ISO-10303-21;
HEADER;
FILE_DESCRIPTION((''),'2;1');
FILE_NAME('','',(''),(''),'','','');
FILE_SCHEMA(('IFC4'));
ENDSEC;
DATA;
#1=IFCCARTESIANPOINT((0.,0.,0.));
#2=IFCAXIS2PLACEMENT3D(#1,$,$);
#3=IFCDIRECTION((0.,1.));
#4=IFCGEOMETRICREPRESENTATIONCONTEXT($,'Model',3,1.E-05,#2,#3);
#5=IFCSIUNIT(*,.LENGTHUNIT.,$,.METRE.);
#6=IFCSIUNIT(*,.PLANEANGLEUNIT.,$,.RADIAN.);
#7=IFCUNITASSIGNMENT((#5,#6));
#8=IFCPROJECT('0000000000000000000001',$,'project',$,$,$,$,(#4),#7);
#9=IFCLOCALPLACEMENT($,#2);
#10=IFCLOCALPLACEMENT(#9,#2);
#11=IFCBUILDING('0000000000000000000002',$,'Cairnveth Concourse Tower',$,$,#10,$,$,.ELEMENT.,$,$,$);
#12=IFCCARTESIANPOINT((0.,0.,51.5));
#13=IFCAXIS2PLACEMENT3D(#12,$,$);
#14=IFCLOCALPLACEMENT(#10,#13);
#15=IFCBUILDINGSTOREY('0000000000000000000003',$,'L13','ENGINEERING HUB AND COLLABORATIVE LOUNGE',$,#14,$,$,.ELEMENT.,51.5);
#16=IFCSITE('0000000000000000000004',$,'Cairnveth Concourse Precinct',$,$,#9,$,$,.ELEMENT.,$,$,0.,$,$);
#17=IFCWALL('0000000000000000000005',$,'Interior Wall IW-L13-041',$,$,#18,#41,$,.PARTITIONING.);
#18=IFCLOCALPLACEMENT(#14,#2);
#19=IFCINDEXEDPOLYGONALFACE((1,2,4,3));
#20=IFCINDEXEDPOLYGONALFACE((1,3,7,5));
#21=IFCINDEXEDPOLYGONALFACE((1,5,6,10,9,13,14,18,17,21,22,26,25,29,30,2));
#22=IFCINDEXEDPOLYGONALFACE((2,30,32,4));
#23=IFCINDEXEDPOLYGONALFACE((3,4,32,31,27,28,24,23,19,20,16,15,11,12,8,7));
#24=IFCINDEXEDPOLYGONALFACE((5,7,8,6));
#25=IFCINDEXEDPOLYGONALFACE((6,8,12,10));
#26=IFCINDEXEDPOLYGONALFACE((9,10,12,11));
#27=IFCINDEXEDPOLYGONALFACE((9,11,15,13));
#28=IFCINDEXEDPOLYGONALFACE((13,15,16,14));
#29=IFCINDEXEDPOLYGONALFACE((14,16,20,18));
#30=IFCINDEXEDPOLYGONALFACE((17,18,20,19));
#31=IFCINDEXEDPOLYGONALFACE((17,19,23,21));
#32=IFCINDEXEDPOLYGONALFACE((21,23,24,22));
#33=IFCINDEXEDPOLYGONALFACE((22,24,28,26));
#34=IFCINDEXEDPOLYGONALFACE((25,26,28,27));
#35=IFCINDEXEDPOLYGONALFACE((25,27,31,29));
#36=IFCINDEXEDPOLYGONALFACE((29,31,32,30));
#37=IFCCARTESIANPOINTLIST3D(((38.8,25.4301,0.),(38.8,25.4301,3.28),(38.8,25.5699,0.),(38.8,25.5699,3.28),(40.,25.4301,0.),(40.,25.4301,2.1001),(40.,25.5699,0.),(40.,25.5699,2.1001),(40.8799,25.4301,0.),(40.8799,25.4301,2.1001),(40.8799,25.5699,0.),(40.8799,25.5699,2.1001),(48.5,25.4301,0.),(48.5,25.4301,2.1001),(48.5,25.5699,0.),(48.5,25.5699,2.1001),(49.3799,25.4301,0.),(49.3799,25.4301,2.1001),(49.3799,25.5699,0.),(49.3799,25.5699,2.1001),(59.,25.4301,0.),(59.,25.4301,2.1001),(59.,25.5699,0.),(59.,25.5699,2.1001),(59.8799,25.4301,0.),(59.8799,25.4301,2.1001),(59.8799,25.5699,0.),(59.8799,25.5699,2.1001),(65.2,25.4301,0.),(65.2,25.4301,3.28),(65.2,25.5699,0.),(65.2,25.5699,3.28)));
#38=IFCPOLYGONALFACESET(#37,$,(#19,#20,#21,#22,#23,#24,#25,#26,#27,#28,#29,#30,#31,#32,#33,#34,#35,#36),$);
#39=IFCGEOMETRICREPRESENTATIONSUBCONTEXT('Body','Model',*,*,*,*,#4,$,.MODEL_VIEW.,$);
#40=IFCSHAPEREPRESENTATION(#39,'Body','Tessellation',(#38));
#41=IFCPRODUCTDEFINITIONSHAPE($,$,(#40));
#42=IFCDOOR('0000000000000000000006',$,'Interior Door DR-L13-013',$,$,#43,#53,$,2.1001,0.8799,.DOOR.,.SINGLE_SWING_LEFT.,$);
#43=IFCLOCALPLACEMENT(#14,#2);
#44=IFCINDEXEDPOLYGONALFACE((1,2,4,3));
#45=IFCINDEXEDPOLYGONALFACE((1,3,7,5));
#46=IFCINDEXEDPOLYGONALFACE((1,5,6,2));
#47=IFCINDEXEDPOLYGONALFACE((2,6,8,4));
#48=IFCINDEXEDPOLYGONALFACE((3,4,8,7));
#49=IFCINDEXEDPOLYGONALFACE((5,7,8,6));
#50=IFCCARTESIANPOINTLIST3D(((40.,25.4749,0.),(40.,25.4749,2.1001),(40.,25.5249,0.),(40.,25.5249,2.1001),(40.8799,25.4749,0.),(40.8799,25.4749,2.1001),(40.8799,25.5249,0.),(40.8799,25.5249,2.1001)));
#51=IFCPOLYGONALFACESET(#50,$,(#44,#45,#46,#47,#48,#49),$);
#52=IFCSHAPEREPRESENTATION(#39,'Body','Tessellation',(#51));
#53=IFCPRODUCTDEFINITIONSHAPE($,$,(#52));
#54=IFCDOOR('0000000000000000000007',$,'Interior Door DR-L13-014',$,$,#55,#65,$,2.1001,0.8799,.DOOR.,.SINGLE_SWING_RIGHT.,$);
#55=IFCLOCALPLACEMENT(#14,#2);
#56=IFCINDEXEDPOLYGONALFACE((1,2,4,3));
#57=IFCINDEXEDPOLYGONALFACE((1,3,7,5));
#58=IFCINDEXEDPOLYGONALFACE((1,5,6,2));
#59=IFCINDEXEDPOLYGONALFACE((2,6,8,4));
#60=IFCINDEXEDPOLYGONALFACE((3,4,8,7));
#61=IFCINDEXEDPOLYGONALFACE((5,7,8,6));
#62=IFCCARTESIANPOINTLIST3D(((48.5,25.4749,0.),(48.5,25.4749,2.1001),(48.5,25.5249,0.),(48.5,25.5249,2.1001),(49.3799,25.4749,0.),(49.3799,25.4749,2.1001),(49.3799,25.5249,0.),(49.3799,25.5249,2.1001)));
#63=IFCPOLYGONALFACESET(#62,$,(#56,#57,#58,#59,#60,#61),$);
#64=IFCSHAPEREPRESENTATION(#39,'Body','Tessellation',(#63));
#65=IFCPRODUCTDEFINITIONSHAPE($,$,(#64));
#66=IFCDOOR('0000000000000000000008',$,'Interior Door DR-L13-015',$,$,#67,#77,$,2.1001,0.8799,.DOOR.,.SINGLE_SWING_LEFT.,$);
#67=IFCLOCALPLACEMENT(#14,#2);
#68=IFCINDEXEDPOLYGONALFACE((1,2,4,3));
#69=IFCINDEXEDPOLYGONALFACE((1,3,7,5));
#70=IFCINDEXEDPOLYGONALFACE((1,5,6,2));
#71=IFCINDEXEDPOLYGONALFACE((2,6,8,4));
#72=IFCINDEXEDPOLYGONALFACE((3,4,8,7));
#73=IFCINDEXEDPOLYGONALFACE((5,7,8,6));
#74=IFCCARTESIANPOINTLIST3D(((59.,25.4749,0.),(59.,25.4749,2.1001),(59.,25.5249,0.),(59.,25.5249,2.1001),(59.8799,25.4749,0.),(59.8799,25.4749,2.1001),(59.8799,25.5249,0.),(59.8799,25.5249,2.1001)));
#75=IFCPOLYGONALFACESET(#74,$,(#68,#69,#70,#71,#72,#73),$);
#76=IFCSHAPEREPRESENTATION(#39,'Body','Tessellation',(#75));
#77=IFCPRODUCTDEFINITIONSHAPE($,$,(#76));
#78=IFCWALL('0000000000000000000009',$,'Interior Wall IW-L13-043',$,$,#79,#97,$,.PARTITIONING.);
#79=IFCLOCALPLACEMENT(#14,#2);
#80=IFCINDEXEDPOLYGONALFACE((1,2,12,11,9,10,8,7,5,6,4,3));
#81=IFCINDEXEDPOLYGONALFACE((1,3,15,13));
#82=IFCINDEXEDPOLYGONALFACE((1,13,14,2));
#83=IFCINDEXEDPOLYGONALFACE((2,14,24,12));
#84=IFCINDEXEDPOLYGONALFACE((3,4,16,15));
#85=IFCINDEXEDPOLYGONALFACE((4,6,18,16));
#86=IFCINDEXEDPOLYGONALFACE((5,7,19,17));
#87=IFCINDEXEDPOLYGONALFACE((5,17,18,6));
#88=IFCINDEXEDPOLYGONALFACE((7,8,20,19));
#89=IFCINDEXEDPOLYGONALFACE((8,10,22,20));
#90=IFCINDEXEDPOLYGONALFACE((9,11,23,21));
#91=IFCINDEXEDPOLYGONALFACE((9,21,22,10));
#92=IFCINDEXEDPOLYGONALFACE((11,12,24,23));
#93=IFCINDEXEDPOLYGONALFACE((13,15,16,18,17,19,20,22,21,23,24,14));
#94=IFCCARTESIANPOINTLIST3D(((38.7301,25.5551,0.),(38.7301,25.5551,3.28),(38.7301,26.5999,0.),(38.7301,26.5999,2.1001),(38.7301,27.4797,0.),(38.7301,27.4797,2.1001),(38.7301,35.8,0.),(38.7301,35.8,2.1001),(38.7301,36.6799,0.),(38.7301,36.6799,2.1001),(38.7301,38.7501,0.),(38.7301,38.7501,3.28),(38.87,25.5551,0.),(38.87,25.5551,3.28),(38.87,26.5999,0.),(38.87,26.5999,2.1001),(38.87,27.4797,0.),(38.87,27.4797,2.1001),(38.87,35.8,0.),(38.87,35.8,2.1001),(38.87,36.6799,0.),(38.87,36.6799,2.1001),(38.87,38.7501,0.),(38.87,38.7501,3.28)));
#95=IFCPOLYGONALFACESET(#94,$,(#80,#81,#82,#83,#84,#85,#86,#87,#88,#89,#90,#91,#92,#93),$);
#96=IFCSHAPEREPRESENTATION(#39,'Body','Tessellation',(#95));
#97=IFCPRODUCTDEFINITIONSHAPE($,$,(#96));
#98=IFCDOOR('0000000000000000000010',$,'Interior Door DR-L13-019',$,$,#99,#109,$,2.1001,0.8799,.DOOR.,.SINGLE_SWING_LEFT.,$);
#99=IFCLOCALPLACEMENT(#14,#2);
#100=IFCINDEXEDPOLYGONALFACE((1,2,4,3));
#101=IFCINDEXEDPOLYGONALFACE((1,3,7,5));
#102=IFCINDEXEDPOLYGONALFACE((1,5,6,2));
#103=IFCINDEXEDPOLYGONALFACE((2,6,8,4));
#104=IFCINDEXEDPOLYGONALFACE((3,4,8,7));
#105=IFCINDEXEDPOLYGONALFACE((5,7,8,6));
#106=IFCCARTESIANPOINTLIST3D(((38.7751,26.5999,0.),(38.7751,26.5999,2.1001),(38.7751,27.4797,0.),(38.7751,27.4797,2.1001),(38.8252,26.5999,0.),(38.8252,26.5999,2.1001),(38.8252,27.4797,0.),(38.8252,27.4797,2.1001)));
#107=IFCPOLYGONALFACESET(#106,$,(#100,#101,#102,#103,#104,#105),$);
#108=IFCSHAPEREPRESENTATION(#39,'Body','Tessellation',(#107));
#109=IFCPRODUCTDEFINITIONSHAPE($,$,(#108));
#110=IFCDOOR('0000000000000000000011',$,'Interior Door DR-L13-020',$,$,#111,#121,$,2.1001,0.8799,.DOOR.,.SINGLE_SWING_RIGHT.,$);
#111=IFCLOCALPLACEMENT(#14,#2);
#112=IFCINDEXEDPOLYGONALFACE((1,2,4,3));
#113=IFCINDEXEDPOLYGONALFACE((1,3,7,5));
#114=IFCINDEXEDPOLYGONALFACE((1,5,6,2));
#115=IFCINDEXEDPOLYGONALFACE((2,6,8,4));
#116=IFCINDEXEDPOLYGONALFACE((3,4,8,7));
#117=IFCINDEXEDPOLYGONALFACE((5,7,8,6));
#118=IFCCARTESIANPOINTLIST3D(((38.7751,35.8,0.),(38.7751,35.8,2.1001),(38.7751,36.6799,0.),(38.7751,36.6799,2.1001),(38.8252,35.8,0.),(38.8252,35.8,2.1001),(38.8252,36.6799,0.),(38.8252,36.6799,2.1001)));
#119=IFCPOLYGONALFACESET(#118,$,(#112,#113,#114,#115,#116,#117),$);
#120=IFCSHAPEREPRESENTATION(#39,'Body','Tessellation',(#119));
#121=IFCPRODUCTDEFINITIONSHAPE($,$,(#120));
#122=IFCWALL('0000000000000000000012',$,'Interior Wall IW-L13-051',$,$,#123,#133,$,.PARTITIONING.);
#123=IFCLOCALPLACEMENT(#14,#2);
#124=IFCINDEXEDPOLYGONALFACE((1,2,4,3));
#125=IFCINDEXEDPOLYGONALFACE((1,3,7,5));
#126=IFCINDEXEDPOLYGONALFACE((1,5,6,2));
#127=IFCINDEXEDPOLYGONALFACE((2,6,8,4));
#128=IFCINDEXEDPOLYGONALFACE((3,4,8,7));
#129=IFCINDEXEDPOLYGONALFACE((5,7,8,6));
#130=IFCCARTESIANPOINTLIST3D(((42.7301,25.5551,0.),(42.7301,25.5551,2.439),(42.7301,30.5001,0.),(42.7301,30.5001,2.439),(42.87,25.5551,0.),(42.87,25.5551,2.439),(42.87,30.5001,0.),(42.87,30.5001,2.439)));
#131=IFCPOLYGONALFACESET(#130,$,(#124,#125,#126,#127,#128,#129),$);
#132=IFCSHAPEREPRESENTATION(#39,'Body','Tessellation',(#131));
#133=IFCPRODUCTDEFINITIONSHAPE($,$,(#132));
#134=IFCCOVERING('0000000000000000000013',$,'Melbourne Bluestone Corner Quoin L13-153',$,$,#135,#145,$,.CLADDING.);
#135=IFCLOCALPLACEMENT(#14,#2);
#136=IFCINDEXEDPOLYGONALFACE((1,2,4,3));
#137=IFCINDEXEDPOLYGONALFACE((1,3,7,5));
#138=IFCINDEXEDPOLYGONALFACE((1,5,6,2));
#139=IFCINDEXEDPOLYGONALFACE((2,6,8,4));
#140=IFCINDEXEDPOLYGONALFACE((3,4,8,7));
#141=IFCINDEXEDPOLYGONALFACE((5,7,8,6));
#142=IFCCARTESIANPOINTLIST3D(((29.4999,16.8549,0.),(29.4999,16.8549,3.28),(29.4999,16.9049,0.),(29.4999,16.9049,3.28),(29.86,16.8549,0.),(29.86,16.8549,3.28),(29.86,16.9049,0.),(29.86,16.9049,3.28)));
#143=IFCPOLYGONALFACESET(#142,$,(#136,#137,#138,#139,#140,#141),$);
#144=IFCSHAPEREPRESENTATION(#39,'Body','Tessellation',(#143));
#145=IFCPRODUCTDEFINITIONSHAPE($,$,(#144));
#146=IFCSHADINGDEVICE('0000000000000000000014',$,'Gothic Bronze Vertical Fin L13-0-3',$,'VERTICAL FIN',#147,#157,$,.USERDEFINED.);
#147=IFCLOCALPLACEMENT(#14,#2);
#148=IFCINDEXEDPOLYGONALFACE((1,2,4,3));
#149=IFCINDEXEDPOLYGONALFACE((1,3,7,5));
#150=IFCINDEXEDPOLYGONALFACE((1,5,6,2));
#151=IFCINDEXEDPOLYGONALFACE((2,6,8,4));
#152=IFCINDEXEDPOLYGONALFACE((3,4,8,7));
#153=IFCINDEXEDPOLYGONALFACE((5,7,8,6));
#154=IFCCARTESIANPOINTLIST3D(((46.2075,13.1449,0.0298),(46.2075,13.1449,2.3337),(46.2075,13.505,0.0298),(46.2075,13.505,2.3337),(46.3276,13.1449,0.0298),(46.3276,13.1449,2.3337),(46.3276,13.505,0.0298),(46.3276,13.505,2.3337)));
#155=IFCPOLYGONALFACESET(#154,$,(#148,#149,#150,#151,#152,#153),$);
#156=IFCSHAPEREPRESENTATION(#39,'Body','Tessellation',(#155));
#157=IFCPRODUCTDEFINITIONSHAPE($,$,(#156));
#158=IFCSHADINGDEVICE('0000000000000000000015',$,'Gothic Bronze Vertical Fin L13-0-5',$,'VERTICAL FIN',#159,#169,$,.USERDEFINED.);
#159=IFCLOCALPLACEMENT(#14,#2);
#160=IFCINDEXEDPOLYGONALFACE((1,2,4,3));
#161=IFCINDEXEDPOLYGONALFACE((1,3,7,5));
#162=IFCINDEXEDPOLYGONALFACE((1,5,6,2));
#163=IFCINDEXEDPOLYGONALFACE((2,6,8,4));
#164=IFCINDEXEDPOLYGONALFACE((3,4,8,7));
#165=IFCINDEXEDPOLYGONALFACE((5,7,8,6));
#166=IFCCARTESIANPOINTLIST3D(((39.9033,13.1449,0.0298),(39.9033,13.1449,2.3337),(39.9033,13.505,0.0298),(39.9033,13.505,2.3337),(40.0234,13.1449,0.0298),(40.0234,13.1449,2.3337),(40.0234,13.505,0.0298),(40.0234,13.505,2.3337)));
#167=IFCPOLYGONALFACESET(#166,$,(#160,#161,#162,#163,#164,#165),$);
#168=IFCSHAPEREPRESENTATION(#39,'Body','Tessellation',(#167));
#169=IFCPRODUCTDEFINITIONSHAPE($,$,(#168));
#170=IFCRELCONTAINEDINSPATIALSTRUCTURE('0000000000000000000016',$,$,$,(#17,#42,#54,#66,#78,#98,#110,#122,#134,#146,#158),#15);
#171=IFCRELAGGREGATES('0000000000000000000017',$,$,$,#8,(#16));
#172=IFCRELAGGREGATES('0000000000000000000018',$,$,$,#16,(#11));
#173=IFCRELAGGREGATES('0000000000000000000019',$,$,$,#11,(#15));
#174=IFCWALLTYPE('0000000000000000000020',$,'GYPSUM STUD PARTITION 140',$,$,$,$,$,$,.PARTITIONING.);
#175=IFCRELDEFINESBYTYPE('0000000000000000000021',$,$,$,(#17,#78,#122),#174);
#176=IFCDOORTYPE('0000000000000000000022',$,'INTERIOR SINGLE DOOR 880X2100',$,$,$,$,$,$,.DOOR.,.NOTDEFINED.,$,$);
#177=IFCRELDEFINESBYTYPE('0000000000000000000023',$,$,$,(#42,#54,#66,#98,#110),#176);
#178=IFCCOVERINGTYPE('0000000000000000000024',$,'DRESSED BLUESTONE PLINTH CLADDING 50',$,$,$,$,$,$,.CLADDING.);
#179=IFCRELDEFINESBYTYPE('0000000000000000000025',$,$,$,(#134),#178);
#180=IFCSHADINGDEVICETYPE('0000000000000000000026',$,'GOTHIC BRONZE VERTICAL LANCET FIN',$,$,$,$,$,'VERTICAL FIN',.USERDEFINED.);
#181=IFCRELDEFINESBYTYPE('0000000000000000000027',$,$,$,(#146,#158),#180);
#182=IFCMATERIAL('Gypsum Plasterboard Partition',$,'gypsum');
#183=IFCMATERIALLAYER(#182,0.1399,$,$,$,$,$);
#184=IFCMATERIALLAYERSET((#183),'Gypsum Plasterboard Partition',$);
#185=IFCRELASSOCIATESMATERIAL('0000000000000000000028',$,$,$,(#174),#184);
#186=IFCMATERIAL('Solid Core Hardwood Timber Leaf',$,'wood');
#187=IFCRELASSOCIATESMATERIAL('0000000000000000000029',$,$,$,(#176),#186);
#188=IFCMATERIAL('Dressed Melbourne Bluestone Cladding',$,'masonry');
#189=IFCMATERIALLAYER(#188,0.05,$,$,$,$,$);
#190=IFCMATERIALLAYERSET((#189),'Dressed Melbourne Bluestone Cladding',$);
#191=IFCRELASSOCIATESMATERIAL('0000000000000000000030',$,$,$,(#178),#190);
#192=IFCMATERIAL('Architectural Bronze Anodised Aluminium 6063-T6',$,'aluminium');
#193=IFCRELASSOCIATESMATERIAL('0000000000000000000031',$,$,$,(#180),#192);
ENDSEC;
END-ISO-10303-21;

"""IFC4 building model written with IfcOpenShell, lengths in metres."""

from ifc_helpers import new_model, si_unit, direction, frame, frame_2d, origin, origin_2d, place, context, subcontext, project, spatial, rectangle, extrude, material, layer, layer_set, type_object, element, fill, save


model = new_model("IFC4")

# Units and contexts
model_context = context("Model", 3, precision=1e-05, world=origin(), true_north=direction((0.0, 1.0)))
body_context = subcontext(model_context, "Body", "Model", "MODEL_VIEW")
ifc_project = project(units=[si_unit("LENGTHUNIT", "METRE"), si_unit("PLANEANGLEUNIT", "RADIAN")], contexts=[model_context])

# Site, building, storey
site_placement = place(None, origin())
site = spatial("IfcSite", under=ifc_project, at=site_placement, Name="Cairnveth Concourse Precinct", CompositionType="ELEMENT", RefElevation=0.0)
building_placement = place(site_placement, origin())
building = spatial("IfcBuilding", under=site, at=building_placement, Name="Cairnveth Concourse Tower", CompositionType="ELEMENT")
storey_placement = place(building_placement, frame((0.0, 0.0, 51.5)))
storey = spatial("IfcBuildingStorey", under=building, at=storey_placement, Name="L13", Description="ENGINEERING HUB AND COLLABORATIVE LOUNGE", CompositionType="ELEMENT", Elevation=51.5)

# Walls, openings, doors
ifc_material_1 = material(Name="Gypsum Plasterboard Partition", Category="gypsum")
ifc_layer_1 = layer(ifc_material_1, 0.1399)
ifc_layer_set_1 = layer_set([ifc_layer_1], Name="Gypsum Plasterboard Partition")
wall_type_1 = type_object("IfcWallType", Name="GYPSUM STUD PARTITION 140", PredefinedType="PARTITIONING", material=ifc_layer_set_1)
ifc_material_2 = material(Name="Solid Core Hardwood Timber Leaf", Category="wood")
wall_1_placement = place(storey_placement, frame((38.8, 25.5, 0.0), z_axis=(0.0, 0.0, 1.0), x_axis=(1.0, 0.0, 0.0)))
wall_1 = element("IfcWall", 1, at=wall_1_placement, inside=storey, type_object=wall_type_1, Name="Interior Wall IW-L13-041", PredefinedType="PARTITIONING", context=body_context, shape_type="SweptSolid", body=[
    extrude(rectangle(XDim=26.3999, YDim=0.1399, at=frame_2d((13.2, 0.0))), origin(), (0.0, 0.0, 1.0), 3.28),
])
opening_1_placement = place(wall_1_placement, frame((1.2, 0.0, 0.0)))
opening_1 = element("IfcOpeningElement", 2, at=opening_1_placement, cuts=wall_1, PredefinedType="OPENING", context=body_context, shape_type="SweptSolid", body=[
    extrude(rectangle(XDim=0.8799, YDim=2.1001, at=frame_2d((0.4399, 1.05))), frame((0.0, 0.0798, 0.0), z_axis=(0.0, -1.0, 0.0), x_axis=(1.0, 0.0, 0.0)), (0.0, 0.0, 1.0), 0.1599),
])
opening_2_placement = place(wall_1_placement, frame((9.7, 0.0, 0.0)))
opening_2 = element("IfcOpeningElement", 3, at=opening_2_placement, cuts=wall_1, PredefinedType="OPENING", context=body_context, shape_type="SweptSolid", body=[
    extrude(rectangle(XDim=0.8799, YDim=2.1001, at=frame_2d((0.4399, 1.05))), frame((0.0, 0.0798, 0.0), z_axis=(0.0, -1.0, 0.0), x_axis=(1.0, 0.0, 0.0)), (0.0, 0.0, 1.0), 0.1599),
])
opening_3_placement = place(wall_1_placement, frame((20.2, 0.0, 0.0)))
opening_3 = element("IfcOpeningElement", 4, at=opening_3_placement, cuts=wall_1, PredefinedType="OPENING", context=body_context, shape_type="SweptSolid", body=[
    extrude(rectangle(XDim=0.8799, YDim=2.1001, at=frame_2d((0.4399, 1.05))), frame((0.0, 0.0798, 0.0), z_axis=(0.0, -1.0, 0.0), x_axis=(1.0, 0.0, 0.0)), (0.0, 0.0, 1.0), 0.1599),
])
door_type_1 = type_object("IfcDoorType", Name="INTERIOR SINGLE DOOR 880X2100", OperationType="NOTDEFINED", PredefinedType="DOOR", material=ifc_material_2)
door_1_placement = place(opening_1_placement, origin())
door_1 = element("IfcDoor", 5, at=door_1_placement, inside=storey, type_object=door_type_1, Name="Interior Door DR-L13-013", OperationType="SINGLE_SWING_LEFT", OverallHeight=2.1001, OverallWidth=0.8799, PredefinedType="DOOR", context=body_context, shape_type="SweptSolid", body=[
    extrude(rectangle(XDim=0.8799, YDim=2.1001, at=frame_2d((0.4399, 1.05))), frame((0.0, 0.0249, 0.0), z_axis=(0.0, -1.0, 0.0), x_axis=(1.0, 0.0, 0.0)), (0.0, 0.0, 1.0), 0.05),
])
fill(opening_1, door_1)
door_2_placement = place(opening_2_placement, origin())
door_2 = element("IfcDoor", 6, at=door_2_placement, inside=storey, type_object=door_type_1, Name="Interior Door DR-L13-014", OperationType="SINGLE_SWING_RIGHT", OverallHeight=2.1001, OverallWidth=0.8799, PredefinedType="DOOR", context=body_context, shape_type="SweptSolid", body=[
    extrude(rectangle(XDim=0.8799, YDim=2.1001, at=frame_2d((0.4399, 1.05))), frame((0.0, 0.0249, 0.0), z_axis=(0.0, -1.0, 0.0), x_axis=(1.0, 0.0, 0.0)), (0.0, 0.0, 1.0), 0.05),
])
fill(opening_2, door_2)
door_3_placement = place(opening_3_placement, origin())
door_3 = element("IfcDoor", 7, at=door_3_placement, inside=storey, type_object=door_type_1, Name="Interior Door DR-L13-015", OperationType="SINGLE_SWING_LEFT", OverallHeight=2.1001, OverallWidth=0.8799, PredefinedType="DOOR", context=body_context, shape_type="SweptSolid", body=[
    extrude(rectangle(XDim=0.8799, YDim=2.1001, at=frame_2d((0.4399, 1.05))), frame((0.0, 0.0249, 0.0), z_axis=(0.0, -1.0, 0.0), x_axis=(1.0, 0.0, 0.0)), (0.0, 0.0, 1.0), 0.05),
])
fill(opening_3, door_3)
wall_2_placement = place(storey_placement, frame((38.8, 25.5549, 0.0), z_axis=(0.0, 0.0, 1.0), x_axis=(0.0, 1.0, 0.0)))
wall_2 = element("IfcWall", 8, at=wall_2_placement, inside=storey, type_object=wall_type_1, Name="Interior Wall IW-L13-043", PredefinedType="PARTITIONING", context=body_context, shape_type="SweptSolid", body=[
    extrude(rectangle(XDim=13.1951, YDim=0.1399, at=frame_2d((6.5977, 0.0))), origin(), (0.0, 0.0, 1.0), 3.28),
])
opening_4_placement = place(wall_2_placement, frame((1.0449, 0.0, 0.0)))
opening_4 = element("IfcOpeningElement", 9, at=opening_4_placement, cuts=wall_2, PredefinedType="OPENING", context=body_context, shape_type="SweptSolid", body=[
    extrude(rectangle(XDim=0.8799, YDim=2.1001, at=frame_2d((0.4399, 1.05))), frame((0.0, 0.0798, 0.0), z_axis=(0.0, -1.0, 0.0), x_axis=(1.0, 0.0, 0.0)), (0.0, 0.0, 1.0), 0.1599),
])
opening_5_placement = place(wall_2_placement, frame((10.2451, 0.0, 0.0)))
opening_5 = element("IfcOpeningElement", 10, at=opening_5_placement, cuts=wall_2, PredefinedType="OPENING", context=body_context, shape_type="SweptSolid", body=[
    extrude(rectangle(XDim=0.8799, YDim=2.1001, at=frame_2d((0.4399, 1.05))), frame((0.0, 0.0798, 0.0), z_axis=(0.0, -1.0, 0.0), x_axis=(1.0, 0.0, 0.0)), (0.0, 0.0, 1.0), 0.1599),
])
door_4_placement = place(opening_4_placement, origin())
door_4 = element("IfcDoor", 11, at=door_4_placement, inside=storey, type_object=door_type_1, Name="Interior Door DR-L13-019", OperationType="SINGLE_SWING_LEFT", OverallHeight=2.1001, OverallWidth=0.8799, PredefinedType="DOOR", context=body_context, shape_type="SweptSolid", body=[
    extrude(rectangle(XDim=0.8799, YDim=2.1001, at=frame_2d((0.4399, 1.05))), frame((0.0, 0.0249, 0.0), z_axis=(0.0, -1.0, 0.0), x_axis=(1.0, 0.0, 0.0)), (0.0, 0.0, 1.0), 0.05),
])
fill(opening_4, door_4)
door_5_placement = place(opening_5_placement, origin())
door_5 = element("IfcDoor", 12, at=door_5_placement, inside=storey, type_object=door_type_1, Name="Interior Door DR-L13-020", OperationType="SINGLE_SWING_RIGHT", OverallHeight=2.1001, OverallWidth=0.8799, PredefinedType="DOOR", context=body_context, shape_type="SweptSolid", body=[
    extrude(rectangle(XDim=0.8799, YDim=2.1001, at=frame_2d((0.4399, 1.05))), frame((0.0, 0.0249, 0.0), z_axis=(0.0, -1.0, 0.0), x_axis=(1.0, 0.0, 0.0)), (0.0, 0.0, 1.0), 0.05),
])
fill(opening_5, door_5)

# Wall
wall_3_placement = place(storey_placement, frame((42.8, 25.5549, 0.0), z_axis=(0.0, 0.0, 1.0), x_axis=(0.0, 1.0, 0.0)))
element("IfcWall", 13, at=wall_3_placement, inside=storey, type_object=wall_type_1, Name="Interior Wall IW-L13-051", PredefinedType="PARTITIONING", context=body_context, shape_type="SweptSolid", body=[
    extrude(rectangle(XDim=4.9451, YDim=0.1399, at=frame_2d((2.4727, 0.0))), origin(), (0.0, 0.0, 1.0), 2.439),
])

# Covering
ifc_material_3 = material(Name="Dressed Melbourne Bluestone Cladding", Category="masonry")
ifc_layer_2 = layer(ifc_material_3, 0.05)
ifc_layer_set_2 = layer_set([ifc_layer_2], Name="Dressed Melbourne Bluestone Cladding")
covering_type = type_object("IfcCoveringType", Name="DRESSED BLUESTONE PLINTH CLADDING 50", PredefinedType="CLADDING", material=ifc_layer_set_2)
covering_placement = place(storey_placement, frame((29.8601, 16.8799, 0.0), z_axis=(0.0, 0.0, 1.0), x_axis=(-1.0, 0.0, 0.0)))
element("IfcCovering", 14, at=covering_placement, inside=storey, type_object=covering_type, Name="Melbourne Bluestone Corner Quoin L13-153", PredefinedType="CLADDING", context=body_context, shape_type="SweptSolid", body=[
    extrude(rectangle(XDim=0.3601, YDim=0.05, at=frame_2d((0.1802, 0.0))), origin(), (0.0, 0.0, 1.0), 3.28),
])

# Shading devices
ifc_material_4 = material(Name="Architectural Bronze Anodised Aluminium 6063-T6", Category="aluminium")
shading_device_type = type_object("IfcShadingDeviceType", Name="GOTHIC BRONZE VERTICAL LANCET FIN", ElementType="VERTICAL FIN", PredefinedType="USERDEFINED", material=ifc_material_4)
for number, where, z_axis, x_axis, name in (
    (15, (46.2676, 13.325, 0.0298), (0.0, 0.0, 1.0), (1.0, 0.0, 0.0), "Gothic Bronze Vertical Fin L13-0-3"),
    (16, (39.9634, 13.325, 0.0298), (0.0, 0.0, 1.0), (1.0, 0.0, 0.0), "Gothic Bronze Vertical Fin L13-0-5"),
):
    element("IfcShadingDevice", number, at=place(storey_placement, frame(where, z_axis=z_axis, x_axis=x_axis)), inside=storey, type_object=shading_device_type, Name=name, ObjectType="VERTICAL FIN", PredefinedType="USERDEFINED", context=body_context, shape_type="SweptSolid", body=[
        extrude(rectangle(XDim=0.1201, YDim=0.3601, at=origin_2d()), origin(), (0.0, 0.0, 1.0), 2.304),
    ])

save(model, "model.ifc")
